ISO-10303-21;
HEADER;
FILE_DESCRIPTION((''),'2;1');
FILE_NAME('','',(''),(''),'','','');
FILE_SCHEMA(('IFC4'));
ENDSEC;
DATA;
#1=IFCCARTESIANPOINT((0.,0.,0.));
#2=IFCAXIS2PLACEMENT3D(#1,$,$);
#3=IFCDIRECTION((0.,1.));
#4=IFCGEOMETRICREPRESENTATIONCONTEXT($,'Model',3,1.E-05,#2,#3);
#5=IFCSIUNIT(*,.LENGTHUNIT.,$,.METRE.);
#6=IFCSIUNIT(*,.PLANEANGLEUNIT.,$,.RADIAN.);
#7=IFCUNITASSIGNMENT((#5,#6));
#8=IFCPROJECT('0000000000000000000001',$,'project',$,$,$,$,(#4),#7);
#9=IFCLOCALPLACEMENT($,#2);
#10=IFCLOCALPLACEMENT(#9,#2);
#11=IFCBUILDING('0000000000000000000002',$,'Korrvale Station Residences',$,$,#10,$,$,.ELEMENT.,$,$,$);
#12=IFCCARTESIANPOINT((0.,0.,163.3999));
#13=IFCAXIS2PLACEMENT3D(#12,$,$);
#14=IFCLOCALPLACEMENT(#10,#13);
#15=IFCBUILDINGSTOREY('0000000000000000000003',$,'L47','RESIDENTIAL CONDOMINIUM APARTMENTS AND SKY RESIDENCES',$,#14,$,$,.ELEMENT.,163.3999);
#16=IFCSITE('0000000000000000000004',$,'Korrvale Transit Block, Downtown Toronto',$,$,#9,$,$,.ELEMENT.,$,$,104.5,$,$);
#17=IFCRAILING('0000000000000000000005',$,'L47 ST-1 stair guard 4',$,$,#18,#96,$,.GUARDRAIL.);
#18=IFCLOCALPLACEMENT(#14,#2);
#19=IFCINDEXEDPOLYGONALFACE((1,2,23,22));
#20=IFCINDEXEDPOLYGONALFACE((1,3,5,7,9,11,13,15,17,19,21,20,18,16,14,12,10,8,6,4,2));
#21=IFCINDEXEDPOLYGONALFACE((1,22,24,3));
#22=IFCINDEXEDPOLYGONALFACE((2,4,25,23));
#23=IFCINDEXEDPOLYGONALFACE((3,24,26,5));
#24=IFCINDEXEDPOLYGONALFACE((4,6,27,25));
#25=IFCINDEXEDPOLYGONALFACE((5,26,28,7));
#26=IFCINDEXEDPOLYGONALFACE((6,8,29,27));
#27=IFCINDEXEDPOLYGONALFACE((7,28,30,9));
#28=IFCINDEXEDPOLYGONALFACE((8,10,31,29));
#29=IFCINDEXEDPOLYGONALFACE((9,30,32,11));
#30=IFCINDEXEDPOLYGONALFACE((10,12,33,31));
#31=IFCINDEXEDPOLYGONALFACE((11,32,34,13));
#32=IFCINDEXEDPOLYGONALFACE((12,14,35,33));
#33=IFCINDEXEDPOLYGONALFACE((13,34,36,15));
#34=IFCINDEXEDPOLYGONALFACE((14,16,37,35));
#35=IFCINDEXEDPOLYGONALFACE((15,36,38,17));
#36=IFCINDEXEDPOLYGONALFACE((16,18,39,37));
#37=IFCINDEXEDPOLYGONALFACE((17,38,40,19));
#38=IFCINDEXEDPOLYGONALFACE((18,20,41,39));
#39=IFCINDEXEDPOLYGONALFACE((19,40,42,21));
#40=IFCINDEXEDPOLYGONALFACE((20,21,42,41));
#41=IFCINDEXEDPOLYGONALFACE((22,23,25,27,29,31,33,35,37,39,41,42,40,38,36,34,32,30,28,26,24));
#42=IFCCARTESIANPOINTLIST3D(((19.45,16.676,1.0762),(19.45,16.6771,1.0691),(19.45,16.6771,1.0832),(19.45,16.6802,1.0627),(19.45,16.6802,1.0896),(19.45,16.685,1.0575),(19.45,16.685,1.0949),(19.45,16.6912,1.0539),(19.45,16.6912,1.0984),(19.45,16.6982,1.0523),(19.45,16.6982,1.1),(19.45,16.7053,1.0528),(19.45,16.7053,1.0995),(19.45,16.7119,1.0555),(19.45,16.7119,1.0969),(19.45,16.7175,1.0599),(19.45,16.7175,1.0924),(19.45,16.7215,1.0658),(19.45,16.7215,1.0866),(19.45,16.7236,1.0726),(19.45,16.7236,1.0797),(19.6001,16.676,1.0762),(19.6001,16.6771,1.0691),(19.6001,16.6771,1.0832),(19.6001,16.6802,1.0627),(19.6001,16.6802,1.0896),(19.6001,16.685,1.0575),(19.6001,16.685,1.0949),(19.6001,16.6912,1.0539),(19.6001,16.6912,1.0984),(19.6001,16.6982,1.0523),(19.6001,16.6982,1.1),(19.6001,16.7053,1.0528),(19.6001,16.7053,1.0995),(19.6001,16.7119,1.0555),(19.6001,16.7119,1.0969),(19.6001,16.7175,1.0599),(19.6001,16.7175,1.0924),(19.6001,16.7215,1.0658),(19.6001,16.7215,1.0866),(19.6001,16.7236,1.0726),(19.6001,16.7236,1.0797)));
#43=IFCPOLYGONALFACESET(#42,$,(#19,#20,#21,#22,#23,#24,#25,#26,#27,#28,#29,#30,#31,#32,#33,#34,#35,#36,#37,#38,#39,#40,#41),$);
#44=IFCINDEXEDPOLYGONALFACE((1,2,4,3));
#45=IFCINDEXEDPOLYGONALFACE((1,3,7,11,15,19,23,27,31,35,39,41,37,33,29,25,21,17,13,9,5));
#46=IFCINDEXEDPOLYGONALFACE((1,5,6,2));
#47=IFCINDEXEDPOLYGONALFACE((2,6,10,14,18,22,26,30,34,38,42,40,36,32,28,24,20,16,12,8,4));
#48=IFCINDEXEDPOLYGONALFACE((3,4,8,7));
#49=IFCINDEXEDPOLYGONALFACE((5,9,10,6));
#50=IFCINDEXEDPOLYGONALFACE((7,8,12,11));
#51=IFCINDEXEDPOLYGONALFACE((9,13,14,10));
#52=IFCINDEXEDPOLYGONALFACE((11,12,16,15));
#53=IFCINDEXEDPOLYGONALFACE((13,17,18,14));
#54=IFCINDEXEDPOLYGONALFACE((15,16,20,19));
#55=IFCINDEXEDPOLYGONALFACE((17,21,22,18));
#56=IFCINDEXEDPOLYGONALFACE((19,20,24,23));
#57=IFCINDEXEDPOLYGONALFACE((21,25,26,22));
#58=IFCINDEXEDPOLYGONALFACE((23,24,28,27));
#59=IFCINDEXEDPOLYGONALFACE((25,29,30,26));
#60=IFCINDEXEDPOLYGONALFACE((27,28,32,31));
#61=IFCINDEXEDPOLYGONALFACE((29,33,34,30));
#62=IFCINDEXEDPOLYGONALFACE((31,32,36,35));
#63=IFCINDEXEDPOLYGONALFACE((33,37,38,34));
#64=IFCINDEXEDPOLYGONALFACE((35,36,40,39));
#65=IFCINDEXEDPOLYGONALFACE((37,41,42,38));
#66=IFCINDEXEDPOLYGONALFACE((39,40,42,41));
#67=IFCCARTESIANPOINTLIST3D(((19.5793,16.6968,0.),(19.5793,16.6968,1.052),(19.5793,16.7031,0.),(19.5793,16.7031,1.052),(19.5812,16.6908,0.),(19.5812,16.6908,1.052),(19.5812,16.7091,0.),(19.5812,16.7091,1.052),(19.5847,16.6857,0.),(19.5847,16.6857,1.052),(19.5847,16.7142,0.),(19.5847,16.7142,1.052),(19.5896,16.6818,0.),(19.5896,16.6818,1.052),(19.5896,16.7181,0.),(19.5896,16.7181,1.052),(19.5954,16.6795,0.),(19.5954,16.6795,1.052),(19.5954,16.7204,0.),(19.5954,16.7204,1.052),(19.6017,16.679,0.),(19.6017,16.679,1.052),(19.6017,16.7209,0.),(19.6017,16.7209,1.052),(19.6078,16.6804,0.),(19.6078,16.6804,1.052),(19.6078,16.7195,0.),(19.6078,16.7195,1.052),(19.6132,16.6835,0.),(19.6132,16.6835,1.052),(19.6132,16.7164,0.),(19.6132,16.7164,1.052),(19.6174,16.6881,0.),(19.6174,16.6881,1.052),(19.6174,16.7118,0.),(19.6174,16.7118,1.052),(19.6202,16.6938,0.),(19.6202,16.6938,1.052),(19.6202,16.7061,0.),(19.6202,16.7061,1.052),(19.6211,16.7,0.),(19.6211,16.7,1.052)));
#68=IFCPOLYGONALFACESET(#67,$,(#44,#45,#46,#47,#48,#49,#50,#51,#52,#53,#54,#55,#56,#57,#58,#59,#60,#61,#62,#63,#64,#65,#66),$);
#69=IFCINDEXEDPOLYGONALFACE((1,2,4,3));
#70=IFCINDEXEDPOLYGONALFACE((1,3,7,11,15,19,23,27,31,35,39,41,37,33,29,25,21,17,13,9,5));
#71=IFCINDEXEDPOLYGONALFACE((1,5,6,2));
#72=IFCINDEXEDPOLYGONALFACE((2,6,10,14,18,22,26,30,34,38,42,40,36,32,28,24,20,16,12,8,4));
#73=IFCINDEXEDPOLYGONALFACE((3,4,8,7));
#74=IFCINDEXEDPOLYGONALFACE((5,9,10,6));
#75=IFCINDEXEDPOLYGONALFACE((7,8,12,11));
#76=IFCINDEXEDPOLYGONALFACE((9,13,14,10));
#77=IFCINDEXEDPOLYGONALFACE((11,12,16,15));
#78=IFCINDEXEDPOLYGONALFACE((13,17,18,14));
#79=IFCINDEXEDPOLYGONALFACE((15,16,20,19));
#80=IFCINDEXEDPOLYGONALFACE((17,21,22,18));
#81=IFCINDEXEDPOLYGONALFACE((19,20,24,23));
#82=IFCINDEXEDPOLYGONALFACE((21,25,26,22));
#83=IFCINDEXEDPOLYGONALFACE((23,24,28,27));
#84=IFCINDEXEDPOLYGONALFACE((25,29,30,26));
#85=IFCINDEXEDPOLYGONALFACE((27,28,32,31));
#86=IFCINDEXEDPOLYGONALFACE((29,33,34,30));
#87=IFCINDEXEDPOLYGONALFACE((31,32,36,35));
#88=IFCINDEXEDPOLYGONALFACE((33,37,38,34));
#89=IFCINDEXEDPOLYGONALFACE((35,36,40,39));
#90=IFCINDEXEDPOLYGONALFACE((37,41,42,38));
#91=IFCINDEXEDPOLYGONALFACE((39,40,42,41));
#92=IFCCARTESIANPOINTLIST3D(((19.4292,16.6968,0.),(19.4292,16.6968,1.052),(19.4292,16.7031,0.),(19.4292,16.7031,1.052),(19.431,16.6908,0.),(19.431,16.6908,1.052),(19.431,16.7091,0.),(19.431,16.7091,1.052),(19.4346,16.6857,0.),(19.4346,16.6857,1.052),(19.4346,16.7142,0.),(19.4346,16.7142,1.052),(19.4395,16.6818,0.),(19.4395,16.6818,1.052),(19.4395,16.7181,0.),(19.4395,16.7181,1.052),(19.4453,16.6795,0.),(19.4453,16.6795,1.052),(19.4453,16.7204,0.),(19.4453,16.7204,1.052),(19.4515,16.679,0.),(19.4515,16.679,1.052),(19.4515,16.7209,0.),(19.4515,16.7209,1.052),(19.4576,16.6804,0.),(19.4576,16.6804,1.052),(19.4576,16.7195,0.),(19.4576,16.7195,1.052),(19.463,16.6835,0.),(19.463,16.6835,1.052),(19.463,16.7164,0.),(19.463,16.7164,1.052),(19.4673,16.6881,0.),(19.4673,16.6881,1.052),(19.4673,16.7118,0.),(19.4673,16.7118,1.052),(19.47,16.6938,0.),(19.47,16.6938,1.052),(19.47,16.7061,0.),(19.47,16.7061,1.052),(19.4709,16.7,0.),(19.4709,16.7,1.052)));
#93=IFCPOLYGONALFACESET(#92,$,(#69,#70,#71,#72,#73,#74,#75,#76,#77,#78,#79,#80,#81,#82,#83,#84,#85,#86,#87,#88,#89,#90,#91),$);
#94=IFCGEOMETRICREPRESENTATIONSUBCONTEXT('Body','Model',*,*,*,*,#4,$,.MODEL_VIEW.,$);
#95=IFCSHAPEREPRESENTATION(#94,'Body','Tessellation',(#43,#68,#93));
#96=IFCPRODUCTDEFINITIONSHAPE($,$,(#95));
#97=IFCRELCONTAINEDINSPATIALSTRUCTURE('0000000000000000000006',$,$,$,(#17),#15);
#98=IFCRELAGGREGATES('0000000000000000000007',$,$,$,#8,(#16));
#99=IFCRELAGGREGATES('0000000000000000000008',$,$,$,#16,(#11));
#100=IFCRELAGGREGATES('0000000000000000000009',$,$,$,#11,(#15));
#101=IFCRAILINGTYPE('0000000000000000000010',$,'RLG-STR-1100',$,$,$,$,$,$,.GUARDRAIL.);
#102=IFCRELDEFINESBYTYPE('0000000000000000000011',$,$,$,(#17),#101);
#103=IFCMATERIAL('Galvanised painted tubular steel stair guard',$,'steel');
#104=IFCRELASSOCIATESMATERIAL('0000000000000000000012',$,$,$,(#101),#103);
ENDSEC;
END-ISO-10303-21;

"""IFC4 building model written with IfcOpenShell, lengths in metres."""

from ifc_helpers import new_model, si_unit, direction, frame, origin, origin_2d, place, context, subcontext, project, spatial, circle, extrude, material, type_object, element, save


model = new_model("IFC4")

# Units and contexts
model_context = context("Model", 3, precision=1e-05, world=origin(), true_north=direction((0.0, 1.0)))
body_context = subcontext(model_context, "Body", "Model", "MODEL_VIEW")
ifc_project = project(units=[si_unit("LENGTHUNIT", "METRE"), si_unit("PLANEANGLEUNIT", "RADIAN")], contexts=[model_context])

# Site, building, storey
site_placement = place(None, origin())
site = spatial("IfcSite", under=ifc_project, at=site_placement, Name="Korrvale Transit Block, Downtown Toronto", CompositionType="ELEMENT", RefElevation=104.5)
building_placement = place(site_placement, origin())
building = spatial("IfcBuilding", under=site, at=building_placement, Name="Korrvale Station Residences", CompositionType="ELEMENT")
storey_placement = place(building_placement, frame((0.0, 0.0, 163.3999)))
storey = spatial("IfcBuildingStorey", under=building, at=storey_placement, Name="L47", Description="RESIDENTIAL CONDOMINIUM APARTMENTS AND SKY RESIDENCES", CompositionType="ELEMENT", Elevation=163.3999)

# Railing
ifc_material_1 = material(Name="Galvanised painted tubular steel stair guard", Category="steel")
railing_type_1 = type_object("IfcRailingType", Name="RLG-STR-1100", PredefinedType="GUARDRAIL", material=ifc_material_1)
railing_1_placement = place(storey_placement, frame((19.6001, 16.7, 0.0)))
element("IfcRailing", 1, at=railing_1_placement, inside=storey, type_object=railing_type_1, Name="L47 ST-1 stair guard 4", PredefinedType="GUARDRAIL", context=body_context, shape_type="SweptSolid", body=[
    extrude(circle(Radius=0.0239, at=origin_2d()), frame((0.0, 0.0, 1.0762), z_axis=(-1.0, 0.0, 0.0), x_axis=(0.0, -1.0, 0.0)), (0.0, 0.0, 1.0), 0.1501),
    extrude(circle(Radius=0.021, at=origin_2d()), origin(), (0.0, 0.0, 1.0), 1.052),
    extrude(circle(Radius=0.021, at=origin_2d()), frame((-0.1501, 0.0, 0.0)), (0.0, 0.0, 1.0), 1.052),
])

save(model, "model.ifc")
